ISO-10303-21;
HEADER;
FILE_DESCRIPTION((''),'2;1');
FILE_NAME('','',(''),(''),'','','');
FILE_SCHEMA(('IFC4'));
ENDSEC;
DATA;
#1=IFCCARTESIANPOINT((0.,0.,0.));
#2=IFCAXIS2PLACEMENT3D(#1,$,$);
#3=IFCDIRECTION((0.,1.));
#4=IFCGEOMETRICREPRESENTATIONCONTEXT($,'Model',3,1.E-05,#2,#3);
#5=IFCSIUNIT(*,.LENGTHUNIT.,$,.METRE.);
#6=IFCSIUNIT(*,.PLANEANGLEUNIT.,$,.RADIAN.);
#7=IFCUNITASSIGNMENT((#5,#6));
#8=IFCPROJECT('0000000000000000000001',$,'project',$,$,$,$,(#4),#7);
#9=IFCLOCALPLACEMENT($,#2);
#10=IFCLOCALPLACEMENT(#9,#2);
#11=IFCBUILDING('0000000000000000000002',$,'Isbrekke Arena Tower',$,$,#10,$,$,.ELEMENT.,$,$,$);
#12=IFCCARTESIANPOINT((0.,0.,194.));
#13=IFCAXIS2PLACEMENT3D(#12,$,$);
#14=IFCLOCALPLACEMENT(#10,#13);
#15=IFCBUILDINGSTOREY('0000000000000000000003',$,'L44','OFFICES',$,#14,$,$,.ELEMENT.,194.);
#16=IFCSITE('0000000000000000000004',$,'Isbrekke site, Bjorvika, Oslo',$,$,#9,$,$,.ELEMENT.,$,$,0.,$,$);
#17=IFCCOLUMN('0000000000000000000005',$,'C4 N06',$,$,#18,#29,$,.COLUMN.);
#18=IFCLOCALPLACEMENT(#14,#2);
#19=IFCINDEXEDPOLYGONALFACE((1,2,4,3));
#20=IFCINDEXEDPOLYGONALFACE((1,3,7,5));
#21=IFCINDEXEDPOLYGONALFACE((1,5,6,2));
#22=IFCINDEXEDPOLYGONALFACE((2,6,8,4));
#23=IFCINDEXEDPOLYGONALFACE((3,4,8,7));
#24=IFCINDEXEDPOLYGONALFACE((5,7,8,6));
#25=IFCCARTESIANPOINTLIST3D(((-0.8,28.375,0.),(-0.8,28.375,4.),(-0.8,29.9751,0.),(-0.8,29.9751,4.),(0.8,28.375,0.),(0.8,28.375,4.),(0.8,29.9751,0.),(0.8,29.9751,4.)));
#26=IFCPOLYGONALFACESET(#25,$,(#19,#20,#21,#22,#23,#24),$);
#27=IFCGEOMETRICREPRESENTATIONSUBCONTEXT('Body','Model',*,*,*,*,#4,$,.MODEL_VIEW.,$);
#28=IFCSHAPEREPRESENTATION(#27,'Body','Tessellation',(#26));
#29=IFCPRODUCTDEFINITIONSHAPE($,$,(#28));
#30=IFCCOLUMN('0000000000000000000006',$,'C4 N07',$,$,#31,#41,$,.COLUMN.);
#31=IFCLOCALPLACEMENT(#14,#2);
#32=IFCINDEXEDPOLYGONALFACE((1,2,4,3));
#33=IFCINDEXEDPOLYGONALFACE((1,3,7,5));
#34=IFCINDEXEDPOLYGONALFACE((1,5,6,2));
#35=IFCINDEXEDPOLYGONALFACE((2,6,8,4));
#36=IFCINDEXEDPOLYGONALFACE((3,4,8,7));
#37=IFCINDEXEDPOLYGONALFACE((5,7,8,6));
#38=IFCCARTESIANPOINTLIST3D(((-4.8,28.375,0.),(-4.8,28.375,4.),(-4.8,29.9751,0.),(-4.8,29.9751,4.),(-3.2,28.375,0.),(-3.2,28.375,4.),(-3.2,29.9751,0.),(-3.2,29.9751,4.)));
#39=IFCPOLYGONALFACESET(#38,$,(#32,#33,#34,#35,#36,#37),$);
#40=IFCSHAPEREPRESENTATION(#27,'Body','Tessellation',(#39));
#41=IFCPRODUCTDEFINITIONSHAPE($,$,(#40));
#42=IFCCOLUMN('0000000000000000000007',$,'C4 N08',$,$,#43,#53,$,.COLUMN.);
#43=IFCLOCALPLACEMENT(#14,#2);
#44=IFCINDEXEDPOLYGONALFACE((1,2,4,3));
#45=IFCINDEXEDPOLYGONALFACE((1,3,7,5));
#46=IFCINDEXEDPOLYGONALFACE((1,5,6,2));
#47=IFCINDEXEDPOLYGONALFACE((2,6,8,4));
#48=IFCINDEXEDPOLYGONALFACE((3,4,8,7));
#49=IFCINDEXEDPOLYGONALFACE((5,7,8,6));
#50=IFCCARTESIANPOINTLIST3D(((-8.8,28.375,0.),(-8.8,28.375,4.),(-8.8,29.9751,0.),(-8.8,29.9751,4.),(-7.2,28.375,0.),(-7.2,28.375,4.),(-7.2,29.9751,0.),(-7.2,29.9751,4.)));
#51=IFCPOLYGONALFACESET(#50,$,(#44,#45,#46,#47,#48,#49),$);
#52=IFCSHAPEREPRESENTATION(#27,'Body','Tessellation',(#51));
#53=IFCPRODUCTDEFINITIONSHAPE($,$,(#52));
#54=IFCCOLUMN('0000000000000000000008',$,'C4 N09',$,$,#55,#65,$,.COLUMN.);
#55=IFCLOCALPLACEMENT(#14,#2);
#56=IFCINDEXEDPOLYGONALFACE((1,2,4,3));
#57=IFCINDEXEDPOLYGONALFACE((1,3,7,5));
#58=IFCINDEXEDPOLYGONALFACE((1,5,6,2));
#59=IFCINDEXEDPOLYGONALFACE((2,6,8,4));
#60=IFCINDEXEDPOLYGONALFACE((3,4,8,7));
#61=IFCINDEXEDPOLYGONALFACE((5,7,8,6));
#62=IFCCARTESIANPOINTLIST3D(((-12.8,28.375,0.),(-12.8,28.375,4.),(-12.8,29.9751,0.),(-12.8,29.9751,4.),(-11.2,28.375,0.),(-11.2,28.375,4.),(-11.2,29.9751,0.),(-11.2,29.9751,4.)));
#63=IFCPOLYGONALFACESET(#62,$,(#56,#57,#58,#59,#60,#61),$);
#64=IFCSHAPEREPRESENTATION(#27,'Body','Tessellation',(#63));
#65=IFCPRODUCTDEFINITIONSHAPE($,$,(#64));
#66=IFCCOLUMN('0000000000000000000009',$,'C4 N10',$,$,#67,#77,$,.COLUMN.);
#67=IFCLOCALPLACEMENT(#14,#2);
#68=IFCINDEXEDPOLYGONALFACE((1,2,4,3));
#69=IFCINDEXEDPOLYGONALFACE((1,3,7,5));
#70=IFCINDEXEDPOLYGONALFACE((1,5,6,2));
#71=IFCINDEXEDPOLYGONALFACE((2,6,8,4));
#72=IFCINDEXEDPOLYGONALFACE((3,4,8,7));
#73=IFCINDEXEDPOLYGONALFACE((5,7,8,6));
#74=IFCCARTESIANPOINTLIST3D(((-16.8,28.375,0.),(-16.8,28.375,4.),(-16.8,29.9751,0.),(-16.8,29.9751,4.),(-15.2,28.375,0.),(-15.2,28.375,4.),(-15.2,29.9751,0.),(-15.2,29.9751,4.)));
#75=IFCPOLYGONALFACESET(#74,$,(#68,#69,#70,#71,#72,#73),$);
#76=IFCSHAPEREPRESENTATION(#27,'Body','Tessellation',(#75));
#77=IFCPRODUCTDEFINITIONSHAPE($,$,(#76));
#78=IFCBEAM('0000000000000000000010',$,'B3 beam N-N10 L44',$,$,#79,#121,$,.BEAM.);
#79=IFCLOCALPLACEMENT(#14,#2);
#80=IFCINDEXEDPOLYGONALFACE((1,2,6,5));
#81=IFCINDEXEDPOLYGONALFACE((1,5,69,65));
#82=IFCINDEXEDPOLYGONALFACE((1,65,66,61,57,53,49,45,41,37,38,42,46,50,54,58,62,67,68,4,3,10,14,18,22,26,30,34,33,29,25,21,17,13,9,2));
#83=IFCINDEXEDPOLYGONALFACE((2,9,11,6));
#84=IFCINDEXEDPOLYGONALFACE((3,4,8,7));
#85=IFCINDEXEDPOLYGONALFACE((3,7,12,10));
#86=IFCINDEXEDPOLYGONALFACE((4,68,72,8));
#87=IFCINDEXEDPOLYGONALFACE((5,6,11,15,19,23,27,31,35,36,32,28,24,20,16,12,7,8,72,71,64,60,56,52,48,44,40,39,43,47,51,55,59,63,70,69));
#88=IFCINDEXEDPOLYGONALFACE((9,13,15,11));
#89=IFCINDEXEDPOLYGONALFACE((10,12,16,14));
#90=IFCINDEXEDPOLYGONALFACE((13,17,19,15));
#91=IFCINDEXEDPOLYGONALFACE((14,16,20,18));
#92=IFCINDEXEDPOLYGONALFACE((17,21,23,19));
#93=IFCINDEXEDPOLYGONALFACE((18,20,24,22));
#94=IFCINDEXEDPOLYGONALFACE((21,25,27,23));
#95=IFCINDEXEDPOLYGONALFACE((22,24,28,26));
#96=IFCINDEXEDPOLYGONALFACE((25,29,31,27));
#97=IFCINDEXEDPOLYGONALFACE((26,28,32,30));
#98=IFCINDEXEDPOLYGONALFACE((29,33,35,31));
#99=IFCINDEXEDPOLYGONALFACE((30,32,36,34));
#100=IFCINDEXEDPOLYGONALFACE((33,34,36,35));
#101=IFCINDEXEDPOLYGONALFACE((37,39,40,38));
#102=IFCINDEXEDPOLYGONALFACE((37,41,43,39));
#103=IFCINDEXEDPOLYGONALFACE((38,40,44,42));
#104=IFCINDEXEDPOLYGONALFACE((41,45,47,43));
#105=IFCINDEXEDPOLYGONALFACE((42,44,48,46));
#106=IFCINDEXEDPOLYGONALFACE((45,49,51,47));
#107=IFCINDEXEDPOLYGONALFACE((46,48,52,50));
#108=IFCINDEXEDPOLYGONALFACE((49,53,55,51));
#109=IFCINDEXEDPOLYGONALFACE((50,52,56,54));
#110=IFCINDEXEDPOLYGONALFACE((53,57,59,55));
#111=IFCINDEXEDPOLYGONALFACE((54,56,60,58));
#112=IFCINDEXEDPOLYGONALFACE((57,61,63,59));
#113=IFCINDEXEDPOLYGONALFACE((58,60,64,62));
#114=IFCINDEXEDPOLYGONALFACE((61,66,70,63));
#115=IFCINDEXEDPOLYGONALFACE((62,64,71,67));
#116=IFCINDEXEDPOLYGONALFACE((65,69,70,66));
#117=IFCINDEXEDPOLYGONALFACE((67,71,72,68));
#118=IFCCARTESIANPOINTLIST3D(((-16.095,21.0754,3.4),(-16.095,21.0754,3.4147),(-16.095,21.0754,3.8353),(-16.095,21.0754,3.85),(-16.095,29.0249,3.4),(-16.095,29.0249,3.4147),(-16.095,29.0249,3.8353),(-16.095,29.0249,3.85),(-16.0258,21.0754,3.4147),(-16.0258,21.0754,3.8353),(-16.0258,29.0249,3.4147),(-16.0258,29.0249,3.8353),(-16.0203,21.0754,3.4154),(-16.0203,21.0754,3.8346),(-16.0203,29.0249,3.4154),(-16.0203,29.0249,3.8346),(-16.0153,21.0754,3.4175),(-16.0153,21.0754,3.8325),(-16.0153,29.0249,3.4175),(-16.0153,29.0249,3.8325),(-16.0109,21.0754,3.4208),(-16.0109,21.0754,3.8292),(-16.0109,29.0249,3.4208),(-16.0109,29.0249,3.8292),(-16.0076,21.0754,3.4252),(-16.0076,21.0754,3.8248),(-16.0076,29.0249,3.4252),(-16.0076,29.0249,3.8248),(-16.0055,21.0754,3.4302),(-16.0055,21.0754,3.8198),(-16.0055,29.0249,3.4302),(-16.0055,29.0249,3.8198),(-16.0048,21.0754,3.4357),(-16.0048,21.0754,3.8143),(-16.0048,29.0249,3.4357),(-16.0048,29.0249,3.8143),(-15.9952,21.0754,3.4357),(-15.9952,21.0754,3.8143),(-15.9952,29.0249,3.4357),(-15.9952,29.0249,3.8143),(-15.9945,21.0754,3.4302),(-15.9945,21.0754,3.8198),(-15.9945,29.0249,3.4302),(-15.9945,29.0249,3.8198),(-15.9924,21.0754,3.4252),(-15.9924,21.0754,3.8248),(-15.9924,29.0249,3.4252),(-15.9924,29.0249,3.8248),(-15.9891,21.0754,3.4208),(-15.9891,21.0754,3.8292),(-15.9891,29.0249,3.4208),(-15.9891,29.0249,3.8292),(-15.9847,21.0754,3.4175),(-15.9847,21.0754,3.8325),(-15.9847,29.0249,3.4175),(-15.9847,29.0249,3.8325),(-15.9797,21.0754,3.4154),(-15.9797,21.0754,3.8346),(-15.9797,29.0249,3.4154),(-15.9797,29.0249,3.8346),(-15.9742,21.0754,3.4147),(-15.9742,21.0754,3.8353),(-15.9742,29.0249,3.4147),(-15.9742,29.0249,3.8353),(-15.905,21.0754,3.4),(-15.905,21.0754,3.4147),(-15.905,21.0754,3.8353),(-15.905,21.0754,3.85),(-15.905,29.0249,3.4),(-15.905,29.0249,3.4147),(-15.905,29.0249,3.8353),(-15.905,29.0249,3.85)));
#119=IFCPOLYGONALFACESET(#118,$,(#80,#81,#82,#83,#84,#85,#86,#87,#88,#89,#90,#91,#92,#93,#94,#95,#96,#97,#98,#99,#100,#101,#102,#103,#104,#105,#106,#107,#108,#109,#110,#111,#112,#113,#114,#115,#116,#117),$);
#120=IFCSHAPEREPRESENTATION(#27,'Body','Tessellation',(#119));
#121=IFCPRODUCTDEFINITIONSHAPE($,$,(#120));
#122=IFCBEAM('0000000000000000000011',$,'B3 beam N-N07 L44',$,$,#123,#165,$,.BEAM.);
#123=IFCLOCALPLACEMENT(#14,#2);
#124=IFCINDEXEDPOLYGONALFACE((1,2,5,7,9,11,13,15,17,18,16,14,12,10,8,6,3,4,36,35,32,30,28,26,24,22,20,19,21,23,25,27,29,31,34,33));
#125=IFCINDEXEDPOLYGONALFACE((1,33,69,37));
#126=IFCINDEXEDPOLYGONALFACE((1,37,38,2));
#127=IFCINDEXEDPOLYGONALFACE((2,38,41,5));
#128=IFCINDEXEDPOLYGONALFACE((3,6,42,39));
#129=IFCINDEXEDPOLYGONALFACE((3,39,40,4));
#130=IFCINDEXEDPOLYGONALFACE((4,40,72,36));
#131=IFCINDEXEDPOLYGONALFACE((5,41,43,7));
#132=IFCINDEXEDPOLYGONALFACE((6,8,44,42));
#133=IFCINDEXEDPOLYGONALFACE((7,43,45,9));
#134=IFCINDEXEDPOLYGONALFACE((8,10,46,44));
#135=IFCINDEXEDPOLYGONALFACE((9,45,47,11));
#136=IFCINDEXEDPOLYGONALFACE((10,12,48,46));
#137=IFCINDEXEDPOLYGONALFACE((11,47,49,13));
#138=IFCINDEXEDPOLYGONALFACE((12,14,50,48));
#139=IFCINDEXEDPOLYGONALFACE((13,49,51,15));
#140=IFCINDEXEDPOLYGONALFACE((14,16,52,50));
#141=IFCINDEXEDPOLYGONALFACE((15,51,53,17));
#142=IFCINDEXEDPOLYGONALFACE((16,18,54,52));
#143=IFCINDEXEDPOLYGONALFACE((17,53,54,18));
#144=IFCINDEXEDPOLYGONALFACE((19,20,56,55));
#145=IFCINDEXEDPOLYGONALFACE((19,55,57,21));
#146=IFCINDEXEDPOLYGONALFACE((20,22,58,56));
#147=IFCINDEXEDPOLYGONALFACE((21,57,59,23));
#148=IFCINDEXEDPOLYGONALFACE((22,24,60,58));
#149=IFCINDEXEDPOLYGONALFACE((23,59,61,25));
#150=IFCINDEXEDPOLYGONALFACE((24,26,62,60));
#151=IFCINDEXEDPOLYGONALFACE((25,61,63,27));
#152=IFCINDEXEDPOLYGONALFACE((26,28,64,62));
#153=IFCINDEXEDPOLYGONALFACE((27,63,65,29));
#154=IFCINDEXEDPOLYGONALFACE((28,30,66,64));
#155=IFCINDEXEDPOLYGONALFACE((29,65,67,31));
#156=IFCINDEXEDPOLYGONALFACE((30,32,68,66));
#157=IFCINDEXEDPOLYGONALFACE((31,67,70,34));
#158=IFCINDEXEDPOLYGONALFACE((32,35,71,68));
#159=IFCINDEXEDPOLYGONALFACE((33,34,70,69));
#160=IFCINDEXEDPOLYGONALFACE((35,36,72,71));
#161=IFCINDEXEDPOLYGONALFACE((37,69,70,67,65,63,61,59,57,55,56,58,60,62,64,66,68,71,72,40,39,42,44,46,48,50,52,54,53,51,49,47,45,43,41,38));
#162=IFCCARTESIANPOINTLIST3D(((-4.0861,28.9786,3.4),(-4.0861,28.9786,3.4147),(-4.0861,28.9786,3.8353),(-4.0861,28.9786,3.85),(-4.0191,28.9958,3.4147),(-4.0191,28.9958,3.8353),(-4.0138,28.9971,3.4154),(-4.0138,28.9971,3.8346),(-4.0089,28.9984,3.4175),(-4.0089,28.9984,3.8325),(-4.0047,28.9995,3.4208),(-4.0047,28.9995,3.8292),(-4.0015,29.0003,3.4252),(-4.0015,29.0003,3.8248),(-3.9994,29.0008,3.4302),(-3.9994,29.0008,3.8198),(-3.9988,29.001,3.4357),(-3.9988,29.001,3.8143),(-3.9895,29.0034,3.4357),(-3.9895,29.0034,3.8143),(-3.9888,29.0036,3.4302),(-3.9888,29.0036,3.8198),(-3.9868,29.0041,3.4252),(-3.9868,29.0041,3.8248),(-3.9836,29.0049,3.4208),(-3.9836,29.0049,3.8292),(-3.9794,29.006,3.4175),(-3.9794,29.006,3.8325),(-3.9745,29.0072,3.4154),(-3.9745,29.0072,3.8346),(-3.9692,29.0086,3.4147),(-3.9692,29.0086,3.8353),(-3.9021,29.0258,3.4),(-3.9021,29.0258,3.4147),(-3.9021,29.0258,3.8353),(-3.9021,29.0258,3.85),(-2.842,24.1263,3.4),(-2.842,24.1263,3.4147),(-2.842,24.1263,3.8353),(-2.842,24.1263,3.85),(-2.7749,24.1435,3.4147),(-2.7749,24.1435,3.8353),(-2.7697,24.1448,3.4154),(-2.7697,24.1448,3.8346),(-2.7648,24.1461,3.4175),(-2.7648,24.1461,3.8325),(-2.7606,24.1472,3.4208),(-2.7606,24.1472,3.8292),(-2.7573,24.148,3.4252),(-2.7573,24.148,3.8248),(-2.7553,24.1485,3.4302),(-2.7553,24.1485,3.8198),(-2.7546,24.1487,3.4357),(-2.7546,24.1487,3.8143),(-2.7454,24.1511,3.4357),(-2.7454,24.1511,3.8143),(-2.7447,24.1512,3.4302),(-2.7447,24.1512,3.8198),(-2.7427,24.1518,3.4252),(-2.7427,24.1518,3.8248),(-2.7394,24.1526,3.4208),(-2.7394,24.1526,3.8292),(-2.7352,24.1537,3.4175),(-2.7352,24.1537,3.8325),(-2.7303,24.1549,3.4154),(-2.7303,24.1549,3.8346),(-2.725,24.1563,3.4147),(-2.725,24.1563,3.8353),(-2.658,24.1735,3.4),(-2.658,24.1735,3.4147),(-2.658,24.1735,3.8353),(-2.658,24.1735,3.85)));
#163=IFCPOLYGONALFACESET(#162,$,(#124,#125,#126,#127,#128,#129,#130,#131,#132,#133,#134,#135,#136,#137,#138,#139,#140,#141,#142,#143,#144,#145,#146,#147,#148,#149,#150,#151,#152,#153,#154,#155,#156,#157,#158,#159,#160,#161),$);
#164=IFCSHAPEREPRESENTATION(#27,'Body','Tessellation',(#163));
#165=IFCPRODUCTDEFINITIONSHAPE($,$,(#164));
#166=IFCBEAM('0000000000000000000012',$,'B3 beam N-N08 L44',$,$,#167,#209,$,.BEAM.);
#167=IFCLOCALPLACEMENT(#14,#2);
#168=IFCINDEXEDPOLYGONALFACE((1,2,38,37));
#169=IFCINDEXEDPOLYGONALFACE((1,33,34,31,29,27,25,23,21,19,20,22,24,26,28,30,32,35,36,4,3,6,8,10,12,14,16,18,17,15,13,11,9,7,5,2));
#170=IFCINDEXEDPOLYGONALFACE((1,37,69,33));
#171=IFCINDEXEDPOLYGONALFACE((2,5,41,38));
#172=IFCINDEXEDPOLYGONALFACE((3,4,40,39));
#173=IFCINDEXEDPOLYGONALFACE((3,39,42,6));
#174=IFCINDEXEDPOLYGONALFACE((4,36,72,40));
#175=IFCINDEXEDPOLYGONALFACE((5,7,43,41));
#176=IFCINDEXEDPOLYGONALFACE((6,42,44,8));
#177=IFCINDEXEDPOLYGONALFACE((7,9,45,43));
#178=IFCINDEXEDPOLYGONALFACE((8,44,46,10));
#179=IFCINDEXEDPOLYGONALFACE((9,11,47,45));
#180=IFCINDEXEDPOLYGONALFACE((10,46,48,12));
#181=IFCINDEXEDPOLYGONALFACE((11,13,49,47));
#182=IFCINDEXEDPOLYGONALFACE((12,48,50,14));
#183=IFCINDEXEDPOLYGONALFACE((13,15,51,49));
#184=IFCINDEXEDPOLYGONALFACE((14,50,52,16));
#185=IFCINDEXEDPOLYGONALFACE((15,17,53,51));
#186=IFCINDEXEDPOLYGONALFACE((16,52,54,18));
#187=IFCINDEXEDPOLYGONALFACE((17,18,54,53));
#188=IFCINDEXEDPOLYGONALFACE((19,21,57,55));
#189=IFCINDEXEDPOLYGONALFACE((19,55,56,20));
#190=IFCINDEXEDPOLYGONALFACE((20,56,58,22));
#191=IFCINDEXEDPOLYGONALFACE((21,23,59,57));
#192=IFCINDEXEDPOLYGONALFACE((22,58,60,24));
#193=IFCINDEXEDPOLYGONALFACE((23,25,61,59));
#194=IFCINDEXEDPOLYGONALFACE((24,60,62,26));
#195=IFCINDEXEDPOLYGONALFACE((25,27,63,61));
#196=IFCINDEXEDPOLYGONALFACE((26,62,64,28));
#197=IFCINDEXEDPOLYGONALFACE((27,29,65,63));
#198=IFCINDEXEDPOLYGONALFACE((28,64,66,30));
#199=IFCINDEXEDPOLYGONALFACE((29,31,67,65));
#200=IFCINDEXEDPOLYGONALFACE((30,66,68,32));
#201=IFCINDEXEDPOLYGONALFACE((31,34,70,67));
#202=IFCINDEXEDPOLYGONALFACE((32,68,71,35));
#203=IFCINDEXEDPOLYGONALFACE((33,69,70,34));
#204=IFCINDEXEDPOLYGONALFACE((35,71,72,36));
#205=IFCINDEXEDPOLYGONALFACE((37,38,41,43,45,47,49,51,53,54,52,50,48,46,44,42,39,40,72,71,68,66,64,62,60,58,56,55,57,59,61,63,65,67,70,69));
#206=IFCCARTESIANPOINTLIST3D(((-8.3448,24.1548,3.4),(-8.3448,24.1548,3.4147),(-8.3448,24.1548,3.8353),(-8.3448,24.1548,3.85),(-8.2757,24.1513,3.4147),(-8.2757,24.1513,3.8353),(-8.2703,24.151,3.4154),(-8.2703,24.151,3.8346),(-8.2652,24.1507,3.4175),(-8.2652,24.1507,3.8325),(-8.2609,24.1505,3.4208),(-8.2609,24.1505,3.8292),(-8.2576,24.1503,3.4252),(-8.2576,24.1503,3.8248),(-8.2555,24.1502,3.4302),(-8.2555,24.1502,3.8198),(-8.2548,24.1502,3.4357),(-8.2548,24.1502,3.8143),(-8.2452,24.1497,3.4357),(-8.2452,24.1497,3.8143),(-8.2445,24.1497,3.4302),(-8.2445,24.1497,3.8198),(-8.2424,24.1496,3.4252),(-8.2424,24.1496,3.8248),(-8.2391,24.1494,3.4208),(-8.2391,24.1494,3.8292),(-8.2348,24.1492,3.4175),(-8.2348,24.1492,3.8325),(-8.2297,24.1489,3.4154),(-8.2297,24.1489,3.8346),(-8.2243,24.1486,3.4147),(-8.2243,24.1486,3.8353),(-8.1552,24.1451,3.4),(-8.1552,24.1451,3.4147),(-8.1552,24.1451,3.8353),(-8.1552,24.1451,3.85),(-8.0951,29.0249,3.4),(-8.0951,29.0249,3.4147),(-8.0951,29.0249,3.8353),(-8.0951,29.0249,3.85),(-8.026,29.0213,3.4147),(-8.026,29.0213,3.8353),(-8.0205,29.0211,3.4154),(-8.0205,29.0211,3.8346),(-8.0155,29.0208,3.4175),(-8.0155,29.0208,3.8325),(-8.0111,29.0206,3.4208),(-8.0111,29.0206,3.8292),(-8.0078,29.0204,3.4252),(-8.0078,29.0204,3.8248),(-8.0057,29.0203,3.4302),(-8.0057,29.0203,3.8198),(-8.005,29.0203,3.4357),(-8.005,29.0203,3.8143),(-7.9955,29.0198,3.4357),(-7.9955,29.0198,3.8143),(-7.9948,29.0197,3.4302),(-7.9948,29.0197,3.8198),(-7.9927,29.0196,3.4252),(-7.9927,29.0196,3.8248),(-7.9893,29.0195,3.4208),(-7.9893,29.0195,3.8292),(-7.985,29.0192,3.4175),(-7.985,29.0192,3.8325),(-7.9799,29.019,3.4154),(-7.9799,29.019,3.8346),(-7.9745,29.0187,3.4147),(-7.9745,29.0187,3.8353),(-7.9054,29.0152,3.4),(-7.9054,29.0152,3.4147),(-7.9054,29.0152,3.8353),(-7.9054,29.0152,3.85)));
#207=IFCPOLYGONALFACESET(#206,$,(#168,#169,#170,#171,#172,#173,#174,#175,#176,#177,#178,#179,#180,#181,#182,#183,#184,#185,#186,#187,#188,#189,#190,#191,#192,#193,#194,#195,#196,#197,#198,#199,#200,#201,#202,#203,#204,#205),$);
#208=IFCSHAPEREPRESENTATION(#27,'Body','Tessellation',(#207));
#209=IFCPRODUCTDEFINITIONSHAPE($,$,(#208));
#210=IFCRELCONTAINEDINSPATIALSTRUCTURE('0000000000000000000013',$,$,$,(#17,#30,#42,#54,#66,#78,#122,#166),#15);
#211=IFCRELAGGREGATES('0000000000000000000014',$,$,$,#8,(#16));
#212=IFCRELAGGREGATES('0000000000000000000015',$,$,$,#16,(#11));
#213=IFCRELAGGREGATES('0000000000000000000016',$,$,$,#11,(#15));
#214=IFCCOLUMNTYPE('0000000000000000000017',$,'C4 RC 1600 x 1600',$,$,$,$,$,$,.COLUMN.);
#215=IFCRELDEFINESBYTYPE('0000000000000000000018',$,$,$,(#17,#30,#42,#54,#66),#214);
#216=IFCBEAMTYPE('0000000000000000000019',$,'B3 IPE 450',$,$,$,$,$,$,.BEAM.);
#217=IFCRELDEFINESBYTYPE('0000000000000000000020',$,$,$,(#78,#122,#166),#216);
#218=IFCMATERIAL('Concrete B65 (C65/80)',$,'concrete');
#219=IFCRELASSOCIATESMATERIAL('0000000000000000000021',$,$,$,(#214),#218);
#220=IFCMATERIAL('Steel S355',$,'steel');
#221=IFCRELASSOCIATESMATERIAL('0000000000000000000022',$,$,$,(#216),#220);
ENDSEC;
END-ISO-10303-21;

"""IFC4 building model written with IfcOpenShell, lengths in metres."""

from ifc_helpers import new_model, si_unit, direction, frame, origin, origin_2d, place, context, subcontext, project, spatial, rectangle, i_section, extrude, material, material_profile, profile_set, type_object, element, save


model = new_model("IFC4")

# Units and contexts
model_context = context("Model", 3, precision=1e-05, world=origin(), true_north=direction((0.0, 1.0)))
body_context = subcontext(model_context, "Body", "Model", "MODEL_VIEW")
ifc_project = project(units=[si_unit("LENGTHUNIT", "METRE"), si_unit("PLANEANGLEUNIT", "RADIAN")], contexts=[model_context])

# Site, building, storey
site_placement = place(None, origin())
site = spatial("IfcSite", under=ifc_project, at=site_placement, Name="Isbrekke site, Bjorvika, Oslo", CompositionType="ELEMENT", RefElevation=0.0)
building_placement = place(site_placement, origin())
building = spatial("IfcBuilding", under=site, at=building_placement, Name="Isbrekke Arena Tower", CompositionType="ELEMENT")
storey_placement = place(building_placement, frame((0.0, 0.0, 194.0)))
storey = spatial("IfcBuildingStorey", under=building, at=storey_placement, Name="L44", Description="OFFICES", CompositionType="ELEMENT", Elevation=194.0)

# Columns
ifc_material_1 = material(Name="Concrete B65 (C65/80)", Category="concrete")
ifc_material_profile_1 = material_profile(ifc_material_1, rectangle(XDim=1.6001, YDim=1.6001, at=origin_2d()), Name="RC 1600x1600")
ifc_profile_set_1 = profile_set([ifc_material_profile_1], Name="Concrete B65 (C65/80)")
column_type = type_object("IfcColumnType", Name="C4 RC 1600 x 1600", PredefinedType="COLUMN", material=ifc_profile_set_1)
for number, where, z_axis, x_axis, name in (
    (1, (0.0, 29.175, 0.0), (0.0, 0.0, 1.0), (-1.0, 0.0, 0.0), "C4 N06"),
    (2, (-4.0, 29.175, 0.0), (0.0, 0.0, 1.0), (-1.0, 0.0, 0.0), "C4 N07"),
    (3, (-8.0, 29.175, 0.0), (0.0, 0.0, 1.0), (-1.0, 0.0, 0.0), "C4 N08"),
    (4, (-12.0, 29.175, 0.0), (0.0, 0.0, 1.0), (-1.0, 0.0, 0.0), "C4 N09"),
    (5, (-16.0, 29.175, 0.0), (0.0, 0.0, 1.0), (-1.0, 0.0, 0.0), "C4 N10"),
):
    element("IfcColumn", number, at=place(storey_placement, frame(where, z_axis=z_axis, x_axis=x_axis)), inside=storey, type_object=column_type, Name=name, PredefinedType="COLUMN", context=body_context, shape_type="SweptSolid", body=[
        extrude(rectangle(XDim=1.6001, YDim=1.6001, at=origin_2d()), origin(), (0.0, 0.0, 1.0), 4.0),
    ])

# Beams
ifc_material_2 = material(Name="Steel S355", Category="steel")
ifc_material_profile_2 = material_profile(ifc_material_2, i_section(OverallWidth=0.1899, OverallDepth=0.45, WebThickness=0.0095, FlangeThickness=0.0146, FilletRadius=0.021, at=origin_2d()), Name="IPE 450")
ifc_profile_set_2 = profile_set([ifc_material_profile_2], Name="Steel S355")
beam_type_1 = type_object("IfcBeamType", Name="B3 IPE 450", PredefinedType="BEAM", material=ifc_profile_set_2)
beam_1_placement = place(storey_placement, frame((-16.0, 29.0249, 3.625), z_axis=(0.0, -1.0, 0.0), x_axis=(1.0, 0.0, 0.0)))
element("IfcBeam", 6, at=beam_1_placement, inside=storey, type_object=beam_type_1, Name="B3 beam N-N10 L44", PredefinedType="BEAM", context=body_context, shape_type="SweptSolid", body=[
    extrude(i_section(OverallWidth=0.1899, OverallDepth=0.45, WebThickness=0.0095, FlangeThickness=0.0146, FilletRadius=0.021, at=origin_2d()), origin(), (0.0, 0.0, 1.0), 7.9495),
])
beam_2_placement = place(storey_placement, frame((-3.9941, 29.0022, 3.625), z_axis=(0.248368, -0.968666, 0.0), x_axis=(0.968666, 0.248368, 0.0)))
element("IfcBeam", 7, at=beam_2_placement, inside=storey, type_object=beam_type_1, Name="B3 beam N-N07 L44", PredefinedType="BEAM", context=body_context, shape_type="SweptSolid", body=[
    extrude(i_section(OverallWidth=0.1899, OverallDepth=0.45, WebThickness=0.0095, FlangeThickness=0.0146, FilletRadius=0.021, at=origin_2d()), origin(), (0.0, 0.0, 1.0), 5.0093),
])
beam_3_placement = place(storey_placement, frame((-8.0002, 29.02, 3.625), z_axis=(-0.051216, -0.998688, 0.0), x_axis=(0.998688, -0.051216, 0.0)))
element("IfcBeam", 8, at=beam_3_placement, inside=storey, type_object=beam_type_1, Name="B3 beam N-N08 L44", PredefinedType="BEAM", context=body_context, shape_type="SweptSolid", body=[
    extrude(i_section(OverallWidth=0.1899, OverallDepth=0.45, WebThickness=0.0095, FlangeThickness=0.0146, FilletRadius=0.021, at=origin_2d()), origin(), (0.0, 0.0, 1.0), 4.8765),
])

save(model, "model.ifc")
